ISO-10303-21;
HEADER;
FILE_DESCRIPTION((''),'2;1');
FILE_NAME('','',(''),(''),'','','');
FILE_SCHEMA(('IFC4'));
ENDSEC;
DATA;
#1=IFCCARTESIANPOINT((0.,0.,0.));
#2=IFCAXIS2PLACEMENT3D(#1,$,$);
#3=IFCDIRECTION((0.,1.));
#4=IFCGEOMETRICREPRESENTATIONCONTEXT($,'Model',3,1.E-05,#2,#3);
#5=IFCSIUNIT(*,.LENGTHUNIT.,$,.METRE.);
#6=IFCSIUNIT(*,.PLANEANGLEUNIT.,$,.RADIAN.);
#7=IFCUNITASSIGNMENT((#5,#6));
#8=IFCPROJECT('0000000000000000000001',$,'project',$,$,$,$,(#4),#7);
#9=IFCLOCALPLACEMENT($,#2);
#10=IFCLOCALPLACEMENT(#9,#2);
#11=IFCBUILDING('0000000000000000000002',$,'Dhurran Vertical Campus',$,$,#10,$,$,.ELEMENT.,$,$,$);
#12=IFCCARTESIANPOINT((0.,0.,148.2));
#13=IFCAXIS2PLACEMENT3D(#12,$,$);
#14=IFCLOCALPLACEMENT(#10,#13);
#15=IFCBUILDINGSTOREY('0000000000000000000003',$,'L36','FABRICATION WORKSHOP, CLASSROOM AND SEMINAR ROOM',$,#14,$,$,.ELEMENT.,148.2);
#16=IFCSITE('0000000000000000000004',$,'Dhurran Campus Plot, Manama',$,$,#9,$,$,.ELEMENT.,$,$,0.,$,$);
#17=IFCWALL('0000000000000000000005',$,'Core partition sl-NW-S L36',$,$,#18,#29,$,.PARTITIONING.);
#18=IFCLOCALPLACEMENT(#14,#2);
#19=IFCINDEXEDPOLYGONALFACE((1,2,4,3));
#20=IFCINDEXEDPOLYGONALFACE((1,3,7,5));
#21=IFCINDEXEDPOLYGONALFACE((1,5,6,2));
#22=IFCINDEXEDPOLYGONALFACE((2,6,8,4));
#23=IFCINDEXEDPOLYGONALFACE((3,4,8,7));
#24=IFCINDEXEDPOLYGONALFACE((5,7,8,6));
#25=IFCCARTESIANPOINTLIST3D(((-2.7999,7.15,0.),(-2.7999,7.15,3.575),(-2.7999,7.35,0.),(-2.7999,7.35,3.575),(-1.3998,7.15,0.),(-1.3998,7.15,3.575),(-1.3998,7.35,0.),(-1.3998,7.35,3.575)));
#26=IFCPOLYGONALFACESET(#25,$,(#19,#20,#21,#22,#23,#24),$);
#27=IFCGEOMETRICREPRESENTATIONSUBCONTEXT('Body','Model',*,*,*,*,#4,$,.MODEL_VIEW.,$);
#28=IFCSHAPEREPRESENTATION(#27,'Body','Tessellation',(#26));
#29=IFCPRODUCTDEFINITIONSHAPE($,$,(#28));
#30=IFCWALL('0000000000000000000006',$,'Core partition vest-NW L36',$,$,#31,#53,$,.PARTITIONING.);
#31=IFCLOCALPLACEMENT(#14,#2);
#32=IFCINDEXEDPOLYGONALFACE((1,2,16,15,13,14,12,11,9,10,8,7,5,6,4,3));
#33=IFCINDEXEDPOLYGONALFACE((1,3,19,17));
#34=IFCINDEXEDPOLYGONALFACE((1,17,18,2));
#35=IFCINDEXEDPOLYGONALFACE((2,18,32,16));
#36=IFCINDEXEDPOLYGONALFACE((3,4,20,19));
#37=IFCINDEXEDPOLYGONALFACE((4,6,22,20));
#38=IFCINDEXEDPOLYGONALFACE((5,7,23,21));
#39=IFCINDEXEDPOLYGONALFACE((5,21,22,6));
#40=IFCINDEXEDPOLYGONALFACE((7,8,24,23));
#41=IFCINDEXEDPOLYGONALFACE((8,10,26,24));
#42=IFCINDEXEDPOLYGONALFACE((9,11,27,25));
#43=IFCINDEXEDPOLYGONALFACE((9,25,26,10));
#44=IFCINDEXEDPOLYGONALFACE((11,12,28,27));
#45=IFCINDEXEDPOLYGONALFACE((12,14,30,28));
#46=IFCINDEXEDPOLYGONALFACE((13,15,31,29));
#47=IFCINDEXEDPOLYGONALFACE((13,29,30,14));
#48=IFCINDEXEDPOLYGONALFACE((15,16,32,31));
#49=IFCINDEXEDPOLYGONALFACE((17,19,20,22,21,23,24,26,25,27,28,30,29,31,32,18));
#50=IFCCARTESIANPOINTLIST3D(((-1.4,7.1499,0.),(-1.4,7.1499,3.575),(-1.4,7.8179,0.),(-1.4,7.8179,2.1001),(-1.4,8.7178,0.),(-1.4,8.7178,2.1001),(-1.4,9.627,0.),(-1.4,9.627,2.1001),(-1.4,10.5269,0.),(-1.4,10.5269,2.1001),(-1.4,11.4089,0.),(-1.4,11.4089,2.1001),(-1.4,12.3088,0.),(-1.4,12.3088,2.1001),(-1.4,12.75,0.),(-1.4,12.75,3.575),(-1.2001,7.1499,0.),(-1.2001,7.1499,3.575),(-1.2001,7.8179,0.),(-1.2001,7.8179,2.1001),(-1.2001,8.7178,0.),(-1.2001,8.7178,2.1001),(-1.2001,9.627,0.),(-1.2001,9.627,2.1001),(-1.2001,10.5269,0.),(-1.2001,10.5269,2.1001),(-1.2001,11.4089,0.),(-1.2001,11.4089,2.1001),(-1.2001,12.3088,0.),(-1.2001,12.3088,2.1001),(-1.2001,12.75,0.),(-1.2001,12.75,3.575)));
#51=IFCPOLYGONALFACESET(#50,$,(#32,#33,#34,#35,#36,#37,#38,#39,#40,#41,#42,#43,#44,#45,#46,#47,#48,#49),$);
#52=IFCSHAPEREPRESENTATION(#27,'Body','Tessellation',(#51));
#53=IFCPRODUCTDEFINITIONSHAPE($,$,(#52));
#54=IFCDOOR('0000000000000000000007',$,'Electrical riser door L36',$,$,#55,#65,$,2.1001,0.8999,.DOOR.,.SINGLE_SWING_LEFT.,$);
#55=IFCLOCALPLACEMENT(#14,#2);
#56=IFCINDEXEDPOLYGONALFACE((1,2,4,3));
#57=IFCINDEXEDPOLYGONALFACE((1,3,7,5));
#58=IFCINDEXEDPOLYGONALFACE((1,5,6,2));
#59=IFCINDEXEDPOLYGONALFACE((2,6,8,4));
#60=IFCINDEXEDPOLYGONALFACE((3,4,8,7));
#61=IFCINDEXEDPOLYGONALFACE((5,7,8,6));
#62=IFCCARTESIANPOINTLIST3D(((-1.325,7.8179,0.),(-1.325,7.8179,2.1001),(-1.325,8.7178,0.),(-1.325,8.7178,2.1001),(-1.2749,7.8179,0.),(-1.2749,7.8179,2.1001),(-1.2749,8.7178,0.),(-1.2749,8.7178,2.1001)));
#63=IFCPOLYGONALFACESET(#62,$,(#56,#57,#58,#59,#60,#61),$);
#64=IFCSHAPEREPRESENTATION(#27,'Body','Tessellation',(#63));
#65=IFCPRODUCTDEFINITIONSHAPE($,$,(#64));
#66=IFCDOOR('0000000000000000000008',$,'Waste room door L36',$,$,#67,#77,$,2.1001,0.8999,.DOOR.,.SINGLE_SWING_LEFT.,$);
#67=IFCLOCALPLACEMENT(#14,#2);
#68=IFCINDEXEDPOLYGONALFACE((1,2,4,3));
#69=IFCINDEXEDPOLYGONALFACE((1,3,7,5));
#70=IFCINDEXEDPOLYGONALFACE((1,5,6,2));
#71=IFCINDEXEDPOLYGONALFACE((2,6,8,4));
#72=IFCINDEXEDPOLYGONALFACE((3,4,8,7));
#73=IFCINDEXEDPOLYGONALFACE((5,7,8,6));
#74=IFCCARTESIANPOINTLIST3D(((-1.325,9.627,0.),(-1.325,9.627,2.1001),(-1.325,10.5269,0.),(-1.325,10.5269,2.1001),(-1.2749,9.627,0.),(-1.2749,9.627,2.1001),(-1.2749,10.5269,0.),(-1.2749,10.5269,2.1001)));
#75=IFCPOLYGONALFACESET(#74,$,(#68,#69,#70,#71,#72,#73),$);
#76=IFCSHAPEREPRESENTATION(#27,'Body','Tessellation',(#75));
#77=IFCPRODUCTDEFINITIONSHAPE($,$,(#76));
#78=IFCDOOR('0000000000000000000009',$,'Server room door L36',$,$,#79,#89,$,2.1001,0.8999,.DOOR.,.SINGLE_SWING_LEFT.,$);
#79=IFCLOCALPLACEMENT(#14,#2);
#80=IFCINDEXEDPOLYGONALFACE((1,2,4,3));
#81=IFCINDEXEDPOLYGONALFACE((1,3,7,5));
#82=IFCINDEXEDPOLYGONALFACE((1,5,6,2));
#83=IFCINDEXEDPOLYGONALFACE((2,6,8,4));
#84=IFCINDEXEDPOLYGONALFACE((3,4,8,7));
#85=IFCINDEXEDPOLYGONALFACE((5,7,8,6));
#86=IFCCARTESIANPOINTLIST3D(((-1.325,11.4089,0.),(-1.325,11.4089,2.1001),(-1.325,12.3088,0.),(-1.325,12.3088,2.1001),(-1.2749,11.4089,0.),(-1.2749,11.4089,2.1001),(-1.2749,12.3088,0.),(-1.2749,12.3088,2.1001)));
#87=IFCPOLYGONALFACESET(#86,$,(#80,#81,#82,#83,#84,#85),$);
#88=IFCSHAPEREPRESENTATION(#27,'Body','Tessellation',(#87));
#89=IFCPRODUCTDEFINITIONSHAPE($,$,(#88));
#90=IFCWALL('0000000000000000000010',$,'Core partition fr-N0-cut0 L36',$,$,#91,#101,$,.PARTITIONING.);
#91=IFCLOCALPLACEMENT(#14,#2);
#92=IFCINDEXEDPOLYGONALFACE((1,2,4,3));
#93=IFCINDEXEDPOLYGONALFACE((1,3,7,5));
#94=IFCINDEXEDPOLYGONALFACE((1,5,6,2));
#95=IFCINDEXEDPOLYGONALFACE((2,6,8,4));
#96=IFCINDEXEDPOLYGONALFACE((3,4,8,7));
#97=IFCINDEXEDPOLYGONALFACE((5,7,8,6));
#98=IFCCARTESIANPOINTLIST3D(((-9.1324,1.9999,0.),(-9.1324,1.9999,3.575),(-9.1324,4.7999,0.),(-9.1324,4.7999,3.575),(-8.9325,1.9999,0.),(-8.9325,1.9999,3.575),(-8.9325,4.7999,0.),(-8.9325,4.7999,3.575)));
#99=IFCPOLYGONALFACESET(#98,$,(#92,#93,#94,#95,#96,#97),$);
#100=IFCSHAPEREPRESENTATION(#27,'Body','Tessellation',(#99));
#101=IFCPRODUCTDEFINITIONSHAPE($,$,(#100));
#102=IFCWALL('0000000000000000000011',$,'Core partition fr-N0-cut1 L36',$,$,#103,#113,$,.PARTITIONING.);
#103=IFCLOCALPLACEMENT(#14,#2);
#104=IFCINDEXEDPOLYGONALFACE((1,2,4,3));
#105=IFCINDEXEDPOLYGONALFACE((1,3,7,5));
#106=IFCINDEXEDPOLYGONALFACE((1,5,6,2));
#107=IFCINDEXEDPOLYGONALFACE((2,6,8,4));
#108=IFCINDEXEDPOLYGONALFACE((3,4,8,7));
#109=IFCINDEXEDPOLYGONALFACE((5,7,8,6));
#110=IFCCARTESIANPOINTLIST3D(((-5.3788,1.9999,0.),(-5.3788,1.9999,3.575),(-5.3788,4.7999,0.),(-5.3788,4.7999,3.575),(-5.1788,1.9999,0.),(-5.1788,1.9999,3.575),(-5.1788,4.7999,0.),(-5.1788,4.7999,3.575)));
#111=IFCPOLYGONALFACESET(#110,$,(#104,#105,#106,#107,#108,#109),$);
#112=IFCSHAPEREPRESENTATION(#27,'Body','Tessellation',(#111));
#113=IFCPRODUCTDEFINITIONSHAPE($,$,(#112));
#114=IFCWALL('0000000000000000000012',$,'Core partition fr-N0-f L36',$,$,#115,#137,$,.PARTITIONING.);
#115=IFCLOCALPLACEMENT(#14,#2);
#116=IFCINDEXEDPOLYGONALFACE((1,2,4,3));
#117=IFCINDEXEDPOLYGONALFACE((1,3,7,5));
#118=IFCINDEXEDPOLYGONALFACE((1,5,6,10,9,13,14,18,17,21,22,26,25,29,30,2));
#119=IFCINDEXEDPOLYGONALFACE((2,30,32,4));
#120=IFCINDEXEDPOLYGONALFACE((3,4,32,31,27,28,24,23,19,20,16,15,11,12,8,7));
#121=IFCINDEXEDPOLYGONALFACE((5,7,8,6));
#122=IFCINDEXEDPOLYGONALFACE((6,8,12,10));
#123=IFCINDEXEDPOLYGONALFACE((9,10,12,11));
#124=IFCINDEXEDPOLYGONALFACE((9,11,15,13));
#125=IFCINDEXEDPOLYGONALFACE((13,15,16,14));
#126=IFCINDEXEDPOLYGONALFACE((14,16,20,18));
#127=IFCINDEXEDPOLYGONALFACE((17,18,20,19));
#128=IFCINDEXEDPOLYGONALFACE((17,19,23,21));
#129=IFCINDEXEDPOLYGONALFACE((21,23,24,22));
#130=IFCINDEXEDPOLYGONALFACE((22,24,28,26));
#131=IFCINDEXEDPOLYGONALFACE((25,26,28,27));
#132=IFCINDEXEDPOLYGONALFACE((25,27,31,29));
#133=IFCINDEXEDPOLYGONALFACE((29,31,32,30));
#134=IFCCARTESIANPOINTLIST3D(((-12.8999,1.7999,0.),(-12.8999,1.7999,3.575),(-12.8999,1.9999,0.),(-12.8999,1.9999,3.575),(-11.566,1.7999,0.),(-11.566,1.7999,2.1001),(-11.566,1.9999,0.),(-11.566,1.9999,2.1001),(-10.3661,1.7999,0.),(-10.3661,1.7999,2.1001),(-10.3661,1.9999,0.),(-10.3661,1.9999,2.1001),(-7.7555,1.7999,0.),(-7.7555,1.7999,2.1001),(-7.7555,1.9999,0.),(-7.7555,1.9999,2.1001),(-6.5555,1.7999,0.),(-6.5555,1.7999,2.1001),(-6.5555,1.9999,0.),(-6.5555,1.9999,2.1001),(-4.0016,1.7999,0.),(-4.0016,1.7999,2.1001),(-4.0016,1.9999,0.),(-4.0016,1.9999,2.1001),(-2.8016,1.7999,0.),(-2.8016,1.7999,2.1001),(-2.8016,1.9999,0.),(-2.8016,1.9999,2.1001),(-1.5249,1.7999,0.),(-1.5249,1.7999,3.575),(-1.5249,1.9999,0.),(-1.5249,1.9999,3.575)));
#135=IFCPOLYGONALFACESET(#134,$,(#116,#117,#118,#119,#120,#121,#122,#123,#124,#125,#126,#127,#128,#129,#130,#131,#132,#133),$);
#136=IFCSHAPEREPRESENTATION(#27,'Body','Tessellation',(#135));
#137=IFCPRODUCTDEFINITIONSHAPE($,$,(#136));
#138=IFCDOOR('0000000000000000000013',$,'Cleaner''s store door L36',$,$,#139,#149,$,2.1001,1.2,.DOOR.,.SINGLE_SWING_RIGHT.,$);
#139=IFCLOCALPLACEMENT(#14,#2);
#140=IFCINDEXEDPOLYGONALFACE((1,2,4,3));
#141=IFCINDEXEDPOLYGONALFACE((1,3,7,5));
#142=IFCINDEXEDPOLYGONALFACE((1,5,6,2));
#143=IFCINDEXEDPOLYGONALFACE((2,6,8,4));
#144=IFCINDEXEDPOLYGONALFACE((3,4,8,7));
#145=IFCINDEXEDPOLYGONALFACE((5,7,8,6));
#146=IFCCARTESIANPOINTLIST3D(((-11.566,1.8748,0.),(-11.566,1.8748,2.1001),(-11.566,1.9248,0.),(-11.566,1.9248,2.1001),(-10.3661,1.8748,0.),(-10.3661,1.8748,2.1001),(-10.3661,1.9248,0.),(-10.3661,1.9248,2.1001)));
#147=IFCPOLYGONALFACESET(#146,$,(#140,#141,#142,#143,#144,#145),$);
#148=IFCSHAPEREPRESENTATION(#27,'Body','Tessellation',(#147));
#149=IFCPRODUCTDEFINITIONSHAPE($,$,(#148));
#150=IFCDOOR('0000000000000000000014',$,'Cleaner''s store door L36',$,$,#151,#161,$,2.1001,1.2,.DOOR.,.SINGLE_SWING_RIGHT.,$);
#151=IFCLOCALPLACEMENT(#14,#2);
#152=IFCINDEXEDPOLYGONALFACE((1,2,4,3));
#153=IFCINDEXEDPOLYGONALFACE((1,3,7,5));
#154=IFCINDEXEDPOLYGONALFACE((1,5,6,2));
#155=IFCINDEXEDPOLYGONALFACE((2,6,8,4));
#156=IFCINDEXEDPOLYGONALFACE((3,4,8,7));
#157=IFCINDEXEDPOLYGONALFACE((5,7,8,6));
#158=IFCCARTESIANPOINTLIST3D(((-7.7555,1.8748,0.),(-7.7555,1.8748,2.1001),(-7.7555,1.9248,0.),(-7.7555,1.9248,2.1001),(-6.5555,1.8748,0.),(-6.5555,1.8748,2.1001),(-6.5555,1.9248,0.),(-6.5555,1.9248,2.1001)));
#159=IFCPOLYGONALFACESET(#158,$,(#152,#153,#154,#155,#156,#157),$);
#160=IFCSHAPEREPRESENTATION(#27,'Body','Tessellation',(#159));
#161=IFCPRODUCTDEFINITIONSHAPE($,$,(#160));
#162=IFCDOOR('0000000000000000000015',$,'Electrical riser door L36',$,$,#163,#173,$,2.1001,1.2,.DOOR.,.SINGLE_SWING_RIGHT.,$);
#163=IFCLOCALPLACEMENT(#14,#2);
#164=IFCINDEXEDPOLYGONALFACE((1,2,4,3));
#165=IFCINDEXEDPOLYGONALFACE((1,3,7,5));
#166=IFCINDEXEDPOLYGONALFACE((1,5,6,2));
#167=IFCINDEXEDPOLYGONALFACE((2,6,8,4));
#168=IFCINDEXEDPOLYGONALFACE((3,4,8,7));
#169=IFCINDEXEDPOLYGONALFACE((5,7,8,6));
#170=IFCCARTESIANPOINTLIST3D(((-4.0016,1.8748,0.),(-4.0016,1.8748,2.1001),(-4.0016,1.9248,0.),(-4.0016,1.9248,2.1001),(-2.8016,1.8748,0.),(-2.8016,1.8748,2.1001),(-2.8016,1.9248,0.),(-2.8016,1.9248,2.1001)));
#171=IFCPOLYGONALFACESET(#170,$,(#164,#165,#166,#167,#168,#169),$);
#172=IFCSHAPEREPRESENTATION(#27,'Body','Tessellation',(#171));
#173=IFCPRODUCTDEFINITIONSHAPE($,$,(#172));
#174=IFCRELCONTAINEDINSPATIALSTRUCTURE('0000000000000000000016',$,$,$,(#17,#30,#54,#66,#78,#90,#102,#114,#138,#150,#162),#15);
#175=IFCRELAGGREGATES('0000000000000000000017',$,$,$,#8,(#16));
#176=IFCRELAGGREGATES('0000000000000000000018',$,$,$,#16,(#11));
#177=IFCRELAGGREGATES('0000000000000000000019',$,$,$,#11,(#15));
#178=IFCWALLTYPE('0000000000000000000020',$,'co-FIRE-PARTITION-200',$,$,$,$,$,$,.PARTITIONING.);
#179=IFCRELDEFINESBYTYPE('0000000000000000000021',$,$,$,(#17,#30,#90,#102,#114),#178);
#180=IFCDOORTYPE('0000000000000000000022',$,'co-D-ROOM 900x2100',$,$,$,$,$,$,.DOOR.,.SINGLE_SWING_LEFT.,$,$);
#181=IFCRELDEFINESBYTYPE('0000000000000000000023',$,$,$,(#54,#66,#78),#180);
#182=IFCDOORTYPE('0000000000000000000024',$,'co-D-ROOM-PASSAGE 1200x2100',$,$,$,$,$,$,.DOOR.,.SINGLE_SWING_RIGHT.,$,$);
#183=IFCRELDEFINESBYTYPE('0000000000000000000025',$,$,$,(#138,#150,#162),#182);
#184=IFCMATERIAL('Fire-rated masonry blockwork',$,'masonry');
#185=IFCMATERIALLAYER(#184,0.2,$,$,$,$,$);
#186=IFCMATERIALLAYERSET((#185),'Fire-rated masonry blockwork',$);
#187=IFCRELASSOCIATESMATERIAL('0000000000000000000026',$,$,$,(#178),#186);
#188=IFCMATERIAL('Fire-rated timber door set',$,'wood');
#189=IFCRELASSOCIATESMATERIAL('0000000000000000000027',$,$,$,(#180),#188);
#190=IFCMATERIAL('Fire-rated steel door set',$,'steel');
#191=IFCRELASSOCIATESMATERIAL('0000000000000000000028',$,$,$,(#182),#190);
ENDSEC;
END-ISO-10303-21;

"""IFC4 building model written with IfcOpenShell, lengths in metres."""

from ifc_helpers import new_model, si_unit, direction, frame, frame_2d, origin, place, context, subcontext, project, spatial, rectangle, extrude, material, layer, layer_set, type_object, element, fill, save


model = new_model("IFC4")

# Units and contexts
model_context = context("Model", 3, precision=1e-05, world=origin(), true_north=direction((0.0, 1.0)))
body_context = subcontext(model_context, "Body", "Model", "MODEL_VIEW")
ifc_project = project(units=[si_unit("LENGTHUNIT", "METRE"), si_unit("PLANEANGLEUNIT", "RADIAN")], contexts=[model_context])

# Site, building, storey
site_placement = place(None, origin())
site = spatial("IfcSite", under=ifc_project, at=site_placement, Name="Dhurran Campus Plot, Manama", CompositionType="ELEMENT", RefElevation=0.0)
building_placement = place(site_placement, origin())
building = spatial("IfcBuilding", under=site, at=building_placement, Name="Dhurran Vertical Campus", CompositionType="ELEMENT")
storey_placement = place(building_placement, frame((0.0, 0.0, 148.2)))
storey = spatial("IfcBuildingStorey", under=building, at=storey_placement, Name="L36", Description="FABRICATION WORKSHOP, CLASSROOM AND SEMINAR ROOM", CompositionType="ELEMENT", Elevation=148.2)

# Wall
ifc_material_1 = material(Name="Fire-rated masonry blockwork", Category="masonry")
ifc_layer_1 = layer(ifc_material_1, 0.2)
ifc_layer_set_1 = layer_set([ifc_layer_1], Name="Fire-rated masonry blockwork")
wall_type_1 = type_object("IfcWallType", Name="co-FIRE-PARTITION-200", PredefinedType="PARTITIONING", material=ifc_layer_set_1)
wall_1_placement = place(storey_placement, frame((-2.8, 7.25, 0.0), z_axis=(0.0, 0.0, 1.0), x_axis=(1.0, 0.0, 0.0)))
element("IfcWall", 1, at=wall_1_placement, inside=storey, type_object=wall_type_1, Name="Core partition sl-NW-S L36", PredefinedType="PARTITIONING", context=body_context, shape_type="SweptSolid", body=[
    extrude(rectangle(XDim=1.4001, YDim=0.2, at=frame_2d((0.7002, 0.0))), origin(), (0.0, 0.0, 1.0), 3.575),
])

# Wall, openings, doors
wall_2_placement = place(storey_placement, frame((-1.3, 7.1499, 0.0), z_axis=(0.0, 0.0, 1.0), x_axis=(0.0, 1.0, 0.0)))
wall_2 = element("IfcWall", 2, at=wall_2_placement, inside=storey, type_object=wall_type_1, Name="Core partition vest-NW L36", PredefinedType="PARTITIONING", context=body_context, shape_type="SweptSolid", body=[
    extrude(rectangle(XDim=5.6001, YDim=0.2, at=frame_2d((2.8, 0.0))), origin(), (0.0, 0.0, 1.0), 3.575),
])
opening_1_placement = place(wall_2_placement, frame((0.668, 0.0, 0.0)))
opening_1 = element("IfcOpeningElement", 3, at=opening_1_placement, cuts=wall_2, PredefinedType="OPENING", context=body_context, shape_type="SweptSolid", body=[
    extrude(rectangle(XDim=0.8999, YDim=2.1001, at=frame_2d((0.45, 1.05))), frame((0.0, 0.1099, 0.0), z_axis=(0.0, -1.0, 0.0), x_axis=(1.0, 0.0, 0.0)), (0.0, 0.0, 1.0), 0.22),
])
opening_2_placement = place(wall_2_placement, frame((2.4771, 0.0, 0.0)))
opening_2 = element("IfcOpeningElement", 4, at=opening_2_placement, cuts=wall_2, PredefinedType="OPENING", context=body_context, shape_type="SweptSolid", body=[
    extrude(rectangle(XDim=0.8999, YDim=2.1001, at=frame_2d((0.45, 1.05))), frame((0.0, 0.1099, 0.0), z_axis=(0.0, -1.0, 0.0), x_axis=(1.0, 0.0, 0.0)), (0.0, 0.0, 1.0), 0.22),
])
opening_3_placement = place(wall_2_placement, frame((4.259, 0.0, 0.0)))
opening_3 = element("IfcOpeningElement", 5, at=opening_3_placement, cuts=wall_2, PredefinedType="OPENING", context=body_context, shape_type="SweptSolid", body=[
    extrude(rectangle(XDim=0.8999, YDim=2.1001, at=frame_2d((0.45, 1.05))), frame((0.0, 0.1099, 0.0), z_axis=(0.0, -1.0, 0.0), x_axis=(1.0, 0.0, 0.0)), (0.0, 0.0, 1.0), 0.22),
])
ifc_material_2 = material(Name="Fire-rated timber door set", Category="wood")
door_type_1 = type_object("IfcDoorType", Name="co-D-ROOM 900x2100", OperationType="SINGLE_SWING_LEFT", PredefinedType="DOOR", material=ifc_material_2)
door_1_placement = place(opening_1_placement, origin())
door_1 = element("IfcDoor", 6, at=door_1_placement, inside=storey, type_object=door_type_1, Name="Electrical riser door L36", OperationType="SINGLE_SWING_LEFT", OverallHeight=2.1001, OverallWidth=0.8999, PredefinedType="DOOR", context=body_context, shape_type="SweptSolid", body=[
    extrude(rectangle(XDim=0.8999, YDim=2.1001, at=frame_2d((0.45, 1.05))), frame((0.0, 0.0249, 0.0), z_axis=(0.0, -1.0, 0.0), x_axis=(1.0, 0.0, 0.0)), (0.0, 0.0, 1.0), 0.05),
])
fill(opening_1, door_1)
door_2_placement = place(opening_2_placement, origin())
door_2 = element("IfcDoor", 7, at=door_2_placement, inside=storey, type_object=door_type_1, Name="Waste room door L36", OperationType="SINGLE_SWING_LEFT", OverallHeight=2.1001, OverallWidth=0.8999, PredefinedType="DOOR", context=body_context, shape_type="SweptSolid", body=[
    extrude(rectangle(XDim=0.8999, YDim=2.1001, at=frame_2d((0.45, 1.05))), frame((0.0, 0.0249, 0.0), z_axis=(0.0, -1.0, 0.0), x_axis=(1.0, 0.0, 0.0)), (0.0, 0.0, 1.0), 0.05),
])
fill(opening_2, door_2)
door_3_placement = place(opening_3_placement, origin())
door_3 = element("IfcDoor", 8, at=door_3_placement, inside=storey, type_object=door_type_1, Name="Server room door L36", OperationType="SINGLE_SWING_LEFT", OverallHeight=2.1001, OverallWidth=0.8999, PredefinedType="DOOR", context=body_context, shape_type="SweptSolid", body=[
    extrude(rectangle(XDim=0.8999, YDim=2.1001, at=frame_2d((0.45, 1.05))), frame((0.0, 0.0249, 0.0), z_axis=(0.0, -1.0, 0.0), x_axis=(1.0, 0.0, 0.0)), (0.0, 0.0, 1.0), 0.05),
])
fill(opening_3, door_3)

# Walls
for number, where, z_axis, x_axis, name in (
    (9, (-9.0325, 2.0, 0.0), (0.0, 0.0, 1.0), (0.0, 1.0, 0.0), "Core partition fr-N0-cut0 L36"),
    (10, (-5.2788, 2.0, 0.0), (0.0, 0.0, 1.0), (0.0, 1.0, 0.0), "Core partition fr-N0-cut1 L36"),
):
    element("IfcWall", number, at=place(storey_placement, frame(where, z_axis=z_axis, x_axis=x_axis)), inside=storey, type_object=wall_type_1, Name=name, PredefinedType="PARTITIONING", context=body_context, shape_type="SweptSolid", body=[
        extrude(rectangle(XDim=2.8, YDim=0.2, at=frame_2d((1.3999, 0.0))), origin(), (0.0, 0.0, 1.0), 3.575),
    ])

# Wall, openings, doors
wall_3_placement = place(storey_placement, frame((-12.8999, 1.8999, 0.0), z_axis=(0.0, 0.0, 1.0), x_axis=(1.0, 0.0, 0.0)))
wall_3 = element("IfcWall", 11, at=wall_3_placement, inside=storey, type_object=wall_type_1, Name="Core partition fr-N0-f L36", PredefinedType="PARTITIONING", context=body_context, shape_type="SweptSolid", body=[
    extrude(rectangle(XDim=11.375, YDim=0.2, at=frame_2d((5.6875, 0.0))), origin(), (0.0, 0.0, 1.0), 3.575),
])
opening_4_placement = place(wall_3_placement, frame((1.3337, 0.0, 0.0)))
opening_4 = element("IfcOpeningElement", 12, at=opening_4_placement, cuts=wall_3, PredefinedType="OPENING", context=body_context, shape_type="SweptSolid", body=[
    extrude(rectangle(XDim=1.2, YDim=2.1001, at=frame_2d((0.6001, 1.05))), frame((0.0, 0.1099, 0.0), z_axis=(0.0, -1.0, 0.0), x_axis=(1.0, 0.0, 0.0)), (0.0, 0.0, 1.0), 0.22),
])
opening_5_placement = place(wall_3_placement, frame((5.1443, 0.0, 0.0)))
opening_5 = element("IfcOpeningElement", 13, at=opening_5_placement, cuts=wall_3, PredefinedType="OPENING", context=body_context, shape_type="SweptSolid", body=[
    extrude(rectangle(XDim=1.2, YDim=2.1001, at=frame_2d((0.6001, 1.05))), frame((0.0, 0.1099, 0.0), z_axis=(0.0, -1.0, 0.0), x_axis=(1.0, 0.0, 0.0)), (0.0, 0.0, 1.0), 0.22),
])
opening_6_placement = place(wall_3_placement, frame((8.8982, 0.0, 0.0)))
opening_6 = element("IfcOpeningElement", 14, at=opening_6_placement, cuts=wall_3, PredefinedType="OPENING", context=body_context, shape_type="SweptSolid", body=[
    extrude(rectangle(XDim=1.2, YDim=2.1001, at=frame_2d((0.6001, 1.05))), frame((0.0, 0.1099, 0.0), z_axis=(0.0, -1.0, 0.0), x_axis=(1.0, 0.0, 0.0)), (0.0, 0.0, 1.0), 0.22),
])
ifc_material_3 = material(Name="Fire-rated steel door set", Category="steel")
door_type_2 = type_object("IfcDoorType", Name="co-D-ROOM-PASSAGE 1200x2100", OperationType="SINGLE_SWING_RIGHT", PredefinedType="DOOR", material=ifc_material_3)
door_4_placement = place(opening_4_placement, origin())
door_4 = element("IfcDoor", 15, at=door_4_placement, inside=storey, type_object=door_type_2, Name="Cleaner's store door L36", OperationType="SINGLE_SWING_RIGHT", OverallHeight=2.1001, OverallWidth=1.2, PredefinedType="DOOR", context=body_context, shape_type="SweptSolid", body=[
    extrude(rectangle(XDim=1.2, YDim=2.1001, at=frame_2d((0.6001, 1.05))), frame((0.0, 0.0249, 0.0), z_axis=(0.0, -1.0, 0.0), x_axis=(1.0, 0.0, 0.0)), (0.0, 0.0, 1.0), 0.05),
])
fill(opening_4, door_4)
door_5_placement = place(opening_5_placement, origin())
door_5 = element("IfcDoor", 16, at=door_5_placement, inside=storey, type_object=door_type_2, Name="Cleaner's store door L36", OperationType="SINGLE_SWING_RIGHT", OverallHeight=2.1001, OverallWidth=1.2, PredefinedType="DOOR", context=body_context, shape_type="SweptSolid", body=[
    extrude(rectangle(XDim=1.2, YDim=2.1001, at=frame_2d((0.6001, 1.05))), frame((0.0, 0.0249, 0.0), z_axis=(0.0, -1.0, 0.0), x_axis=(1.0, 0.0, 0.0)), (0.0, 0.0, 1.0), 0.05),
])
fill(opening_5, door_5)
door_6_placement = place(opening_6_placement, origin())
door_6 = element("IfcDoor", 17, at=door_6_placement, inside=storey, type_object=door_type_2, Name="Electrical riser door L36", OperationType="SINGLE_SWING_RIGHT", OverallHeight=2.1001, OverallWidth=1.2, PredefinedType="DOOR", context=body_context, shape_type="SweptSolid", body=[
    extrude(rectangle(XDim=1.2, YDim=2.1001, at=frame_2d((0.6001, 1.05))), frame((0.0, 0.0249, 0.0), z_axis=(0.0, -1.0, 0.0), x_axis=(1.0, 0.0, 0.0)), (0.0, 0.0, 1.0), 0.05),
])
fill(opening_6, door_6)

save(model, "model.ifc")
